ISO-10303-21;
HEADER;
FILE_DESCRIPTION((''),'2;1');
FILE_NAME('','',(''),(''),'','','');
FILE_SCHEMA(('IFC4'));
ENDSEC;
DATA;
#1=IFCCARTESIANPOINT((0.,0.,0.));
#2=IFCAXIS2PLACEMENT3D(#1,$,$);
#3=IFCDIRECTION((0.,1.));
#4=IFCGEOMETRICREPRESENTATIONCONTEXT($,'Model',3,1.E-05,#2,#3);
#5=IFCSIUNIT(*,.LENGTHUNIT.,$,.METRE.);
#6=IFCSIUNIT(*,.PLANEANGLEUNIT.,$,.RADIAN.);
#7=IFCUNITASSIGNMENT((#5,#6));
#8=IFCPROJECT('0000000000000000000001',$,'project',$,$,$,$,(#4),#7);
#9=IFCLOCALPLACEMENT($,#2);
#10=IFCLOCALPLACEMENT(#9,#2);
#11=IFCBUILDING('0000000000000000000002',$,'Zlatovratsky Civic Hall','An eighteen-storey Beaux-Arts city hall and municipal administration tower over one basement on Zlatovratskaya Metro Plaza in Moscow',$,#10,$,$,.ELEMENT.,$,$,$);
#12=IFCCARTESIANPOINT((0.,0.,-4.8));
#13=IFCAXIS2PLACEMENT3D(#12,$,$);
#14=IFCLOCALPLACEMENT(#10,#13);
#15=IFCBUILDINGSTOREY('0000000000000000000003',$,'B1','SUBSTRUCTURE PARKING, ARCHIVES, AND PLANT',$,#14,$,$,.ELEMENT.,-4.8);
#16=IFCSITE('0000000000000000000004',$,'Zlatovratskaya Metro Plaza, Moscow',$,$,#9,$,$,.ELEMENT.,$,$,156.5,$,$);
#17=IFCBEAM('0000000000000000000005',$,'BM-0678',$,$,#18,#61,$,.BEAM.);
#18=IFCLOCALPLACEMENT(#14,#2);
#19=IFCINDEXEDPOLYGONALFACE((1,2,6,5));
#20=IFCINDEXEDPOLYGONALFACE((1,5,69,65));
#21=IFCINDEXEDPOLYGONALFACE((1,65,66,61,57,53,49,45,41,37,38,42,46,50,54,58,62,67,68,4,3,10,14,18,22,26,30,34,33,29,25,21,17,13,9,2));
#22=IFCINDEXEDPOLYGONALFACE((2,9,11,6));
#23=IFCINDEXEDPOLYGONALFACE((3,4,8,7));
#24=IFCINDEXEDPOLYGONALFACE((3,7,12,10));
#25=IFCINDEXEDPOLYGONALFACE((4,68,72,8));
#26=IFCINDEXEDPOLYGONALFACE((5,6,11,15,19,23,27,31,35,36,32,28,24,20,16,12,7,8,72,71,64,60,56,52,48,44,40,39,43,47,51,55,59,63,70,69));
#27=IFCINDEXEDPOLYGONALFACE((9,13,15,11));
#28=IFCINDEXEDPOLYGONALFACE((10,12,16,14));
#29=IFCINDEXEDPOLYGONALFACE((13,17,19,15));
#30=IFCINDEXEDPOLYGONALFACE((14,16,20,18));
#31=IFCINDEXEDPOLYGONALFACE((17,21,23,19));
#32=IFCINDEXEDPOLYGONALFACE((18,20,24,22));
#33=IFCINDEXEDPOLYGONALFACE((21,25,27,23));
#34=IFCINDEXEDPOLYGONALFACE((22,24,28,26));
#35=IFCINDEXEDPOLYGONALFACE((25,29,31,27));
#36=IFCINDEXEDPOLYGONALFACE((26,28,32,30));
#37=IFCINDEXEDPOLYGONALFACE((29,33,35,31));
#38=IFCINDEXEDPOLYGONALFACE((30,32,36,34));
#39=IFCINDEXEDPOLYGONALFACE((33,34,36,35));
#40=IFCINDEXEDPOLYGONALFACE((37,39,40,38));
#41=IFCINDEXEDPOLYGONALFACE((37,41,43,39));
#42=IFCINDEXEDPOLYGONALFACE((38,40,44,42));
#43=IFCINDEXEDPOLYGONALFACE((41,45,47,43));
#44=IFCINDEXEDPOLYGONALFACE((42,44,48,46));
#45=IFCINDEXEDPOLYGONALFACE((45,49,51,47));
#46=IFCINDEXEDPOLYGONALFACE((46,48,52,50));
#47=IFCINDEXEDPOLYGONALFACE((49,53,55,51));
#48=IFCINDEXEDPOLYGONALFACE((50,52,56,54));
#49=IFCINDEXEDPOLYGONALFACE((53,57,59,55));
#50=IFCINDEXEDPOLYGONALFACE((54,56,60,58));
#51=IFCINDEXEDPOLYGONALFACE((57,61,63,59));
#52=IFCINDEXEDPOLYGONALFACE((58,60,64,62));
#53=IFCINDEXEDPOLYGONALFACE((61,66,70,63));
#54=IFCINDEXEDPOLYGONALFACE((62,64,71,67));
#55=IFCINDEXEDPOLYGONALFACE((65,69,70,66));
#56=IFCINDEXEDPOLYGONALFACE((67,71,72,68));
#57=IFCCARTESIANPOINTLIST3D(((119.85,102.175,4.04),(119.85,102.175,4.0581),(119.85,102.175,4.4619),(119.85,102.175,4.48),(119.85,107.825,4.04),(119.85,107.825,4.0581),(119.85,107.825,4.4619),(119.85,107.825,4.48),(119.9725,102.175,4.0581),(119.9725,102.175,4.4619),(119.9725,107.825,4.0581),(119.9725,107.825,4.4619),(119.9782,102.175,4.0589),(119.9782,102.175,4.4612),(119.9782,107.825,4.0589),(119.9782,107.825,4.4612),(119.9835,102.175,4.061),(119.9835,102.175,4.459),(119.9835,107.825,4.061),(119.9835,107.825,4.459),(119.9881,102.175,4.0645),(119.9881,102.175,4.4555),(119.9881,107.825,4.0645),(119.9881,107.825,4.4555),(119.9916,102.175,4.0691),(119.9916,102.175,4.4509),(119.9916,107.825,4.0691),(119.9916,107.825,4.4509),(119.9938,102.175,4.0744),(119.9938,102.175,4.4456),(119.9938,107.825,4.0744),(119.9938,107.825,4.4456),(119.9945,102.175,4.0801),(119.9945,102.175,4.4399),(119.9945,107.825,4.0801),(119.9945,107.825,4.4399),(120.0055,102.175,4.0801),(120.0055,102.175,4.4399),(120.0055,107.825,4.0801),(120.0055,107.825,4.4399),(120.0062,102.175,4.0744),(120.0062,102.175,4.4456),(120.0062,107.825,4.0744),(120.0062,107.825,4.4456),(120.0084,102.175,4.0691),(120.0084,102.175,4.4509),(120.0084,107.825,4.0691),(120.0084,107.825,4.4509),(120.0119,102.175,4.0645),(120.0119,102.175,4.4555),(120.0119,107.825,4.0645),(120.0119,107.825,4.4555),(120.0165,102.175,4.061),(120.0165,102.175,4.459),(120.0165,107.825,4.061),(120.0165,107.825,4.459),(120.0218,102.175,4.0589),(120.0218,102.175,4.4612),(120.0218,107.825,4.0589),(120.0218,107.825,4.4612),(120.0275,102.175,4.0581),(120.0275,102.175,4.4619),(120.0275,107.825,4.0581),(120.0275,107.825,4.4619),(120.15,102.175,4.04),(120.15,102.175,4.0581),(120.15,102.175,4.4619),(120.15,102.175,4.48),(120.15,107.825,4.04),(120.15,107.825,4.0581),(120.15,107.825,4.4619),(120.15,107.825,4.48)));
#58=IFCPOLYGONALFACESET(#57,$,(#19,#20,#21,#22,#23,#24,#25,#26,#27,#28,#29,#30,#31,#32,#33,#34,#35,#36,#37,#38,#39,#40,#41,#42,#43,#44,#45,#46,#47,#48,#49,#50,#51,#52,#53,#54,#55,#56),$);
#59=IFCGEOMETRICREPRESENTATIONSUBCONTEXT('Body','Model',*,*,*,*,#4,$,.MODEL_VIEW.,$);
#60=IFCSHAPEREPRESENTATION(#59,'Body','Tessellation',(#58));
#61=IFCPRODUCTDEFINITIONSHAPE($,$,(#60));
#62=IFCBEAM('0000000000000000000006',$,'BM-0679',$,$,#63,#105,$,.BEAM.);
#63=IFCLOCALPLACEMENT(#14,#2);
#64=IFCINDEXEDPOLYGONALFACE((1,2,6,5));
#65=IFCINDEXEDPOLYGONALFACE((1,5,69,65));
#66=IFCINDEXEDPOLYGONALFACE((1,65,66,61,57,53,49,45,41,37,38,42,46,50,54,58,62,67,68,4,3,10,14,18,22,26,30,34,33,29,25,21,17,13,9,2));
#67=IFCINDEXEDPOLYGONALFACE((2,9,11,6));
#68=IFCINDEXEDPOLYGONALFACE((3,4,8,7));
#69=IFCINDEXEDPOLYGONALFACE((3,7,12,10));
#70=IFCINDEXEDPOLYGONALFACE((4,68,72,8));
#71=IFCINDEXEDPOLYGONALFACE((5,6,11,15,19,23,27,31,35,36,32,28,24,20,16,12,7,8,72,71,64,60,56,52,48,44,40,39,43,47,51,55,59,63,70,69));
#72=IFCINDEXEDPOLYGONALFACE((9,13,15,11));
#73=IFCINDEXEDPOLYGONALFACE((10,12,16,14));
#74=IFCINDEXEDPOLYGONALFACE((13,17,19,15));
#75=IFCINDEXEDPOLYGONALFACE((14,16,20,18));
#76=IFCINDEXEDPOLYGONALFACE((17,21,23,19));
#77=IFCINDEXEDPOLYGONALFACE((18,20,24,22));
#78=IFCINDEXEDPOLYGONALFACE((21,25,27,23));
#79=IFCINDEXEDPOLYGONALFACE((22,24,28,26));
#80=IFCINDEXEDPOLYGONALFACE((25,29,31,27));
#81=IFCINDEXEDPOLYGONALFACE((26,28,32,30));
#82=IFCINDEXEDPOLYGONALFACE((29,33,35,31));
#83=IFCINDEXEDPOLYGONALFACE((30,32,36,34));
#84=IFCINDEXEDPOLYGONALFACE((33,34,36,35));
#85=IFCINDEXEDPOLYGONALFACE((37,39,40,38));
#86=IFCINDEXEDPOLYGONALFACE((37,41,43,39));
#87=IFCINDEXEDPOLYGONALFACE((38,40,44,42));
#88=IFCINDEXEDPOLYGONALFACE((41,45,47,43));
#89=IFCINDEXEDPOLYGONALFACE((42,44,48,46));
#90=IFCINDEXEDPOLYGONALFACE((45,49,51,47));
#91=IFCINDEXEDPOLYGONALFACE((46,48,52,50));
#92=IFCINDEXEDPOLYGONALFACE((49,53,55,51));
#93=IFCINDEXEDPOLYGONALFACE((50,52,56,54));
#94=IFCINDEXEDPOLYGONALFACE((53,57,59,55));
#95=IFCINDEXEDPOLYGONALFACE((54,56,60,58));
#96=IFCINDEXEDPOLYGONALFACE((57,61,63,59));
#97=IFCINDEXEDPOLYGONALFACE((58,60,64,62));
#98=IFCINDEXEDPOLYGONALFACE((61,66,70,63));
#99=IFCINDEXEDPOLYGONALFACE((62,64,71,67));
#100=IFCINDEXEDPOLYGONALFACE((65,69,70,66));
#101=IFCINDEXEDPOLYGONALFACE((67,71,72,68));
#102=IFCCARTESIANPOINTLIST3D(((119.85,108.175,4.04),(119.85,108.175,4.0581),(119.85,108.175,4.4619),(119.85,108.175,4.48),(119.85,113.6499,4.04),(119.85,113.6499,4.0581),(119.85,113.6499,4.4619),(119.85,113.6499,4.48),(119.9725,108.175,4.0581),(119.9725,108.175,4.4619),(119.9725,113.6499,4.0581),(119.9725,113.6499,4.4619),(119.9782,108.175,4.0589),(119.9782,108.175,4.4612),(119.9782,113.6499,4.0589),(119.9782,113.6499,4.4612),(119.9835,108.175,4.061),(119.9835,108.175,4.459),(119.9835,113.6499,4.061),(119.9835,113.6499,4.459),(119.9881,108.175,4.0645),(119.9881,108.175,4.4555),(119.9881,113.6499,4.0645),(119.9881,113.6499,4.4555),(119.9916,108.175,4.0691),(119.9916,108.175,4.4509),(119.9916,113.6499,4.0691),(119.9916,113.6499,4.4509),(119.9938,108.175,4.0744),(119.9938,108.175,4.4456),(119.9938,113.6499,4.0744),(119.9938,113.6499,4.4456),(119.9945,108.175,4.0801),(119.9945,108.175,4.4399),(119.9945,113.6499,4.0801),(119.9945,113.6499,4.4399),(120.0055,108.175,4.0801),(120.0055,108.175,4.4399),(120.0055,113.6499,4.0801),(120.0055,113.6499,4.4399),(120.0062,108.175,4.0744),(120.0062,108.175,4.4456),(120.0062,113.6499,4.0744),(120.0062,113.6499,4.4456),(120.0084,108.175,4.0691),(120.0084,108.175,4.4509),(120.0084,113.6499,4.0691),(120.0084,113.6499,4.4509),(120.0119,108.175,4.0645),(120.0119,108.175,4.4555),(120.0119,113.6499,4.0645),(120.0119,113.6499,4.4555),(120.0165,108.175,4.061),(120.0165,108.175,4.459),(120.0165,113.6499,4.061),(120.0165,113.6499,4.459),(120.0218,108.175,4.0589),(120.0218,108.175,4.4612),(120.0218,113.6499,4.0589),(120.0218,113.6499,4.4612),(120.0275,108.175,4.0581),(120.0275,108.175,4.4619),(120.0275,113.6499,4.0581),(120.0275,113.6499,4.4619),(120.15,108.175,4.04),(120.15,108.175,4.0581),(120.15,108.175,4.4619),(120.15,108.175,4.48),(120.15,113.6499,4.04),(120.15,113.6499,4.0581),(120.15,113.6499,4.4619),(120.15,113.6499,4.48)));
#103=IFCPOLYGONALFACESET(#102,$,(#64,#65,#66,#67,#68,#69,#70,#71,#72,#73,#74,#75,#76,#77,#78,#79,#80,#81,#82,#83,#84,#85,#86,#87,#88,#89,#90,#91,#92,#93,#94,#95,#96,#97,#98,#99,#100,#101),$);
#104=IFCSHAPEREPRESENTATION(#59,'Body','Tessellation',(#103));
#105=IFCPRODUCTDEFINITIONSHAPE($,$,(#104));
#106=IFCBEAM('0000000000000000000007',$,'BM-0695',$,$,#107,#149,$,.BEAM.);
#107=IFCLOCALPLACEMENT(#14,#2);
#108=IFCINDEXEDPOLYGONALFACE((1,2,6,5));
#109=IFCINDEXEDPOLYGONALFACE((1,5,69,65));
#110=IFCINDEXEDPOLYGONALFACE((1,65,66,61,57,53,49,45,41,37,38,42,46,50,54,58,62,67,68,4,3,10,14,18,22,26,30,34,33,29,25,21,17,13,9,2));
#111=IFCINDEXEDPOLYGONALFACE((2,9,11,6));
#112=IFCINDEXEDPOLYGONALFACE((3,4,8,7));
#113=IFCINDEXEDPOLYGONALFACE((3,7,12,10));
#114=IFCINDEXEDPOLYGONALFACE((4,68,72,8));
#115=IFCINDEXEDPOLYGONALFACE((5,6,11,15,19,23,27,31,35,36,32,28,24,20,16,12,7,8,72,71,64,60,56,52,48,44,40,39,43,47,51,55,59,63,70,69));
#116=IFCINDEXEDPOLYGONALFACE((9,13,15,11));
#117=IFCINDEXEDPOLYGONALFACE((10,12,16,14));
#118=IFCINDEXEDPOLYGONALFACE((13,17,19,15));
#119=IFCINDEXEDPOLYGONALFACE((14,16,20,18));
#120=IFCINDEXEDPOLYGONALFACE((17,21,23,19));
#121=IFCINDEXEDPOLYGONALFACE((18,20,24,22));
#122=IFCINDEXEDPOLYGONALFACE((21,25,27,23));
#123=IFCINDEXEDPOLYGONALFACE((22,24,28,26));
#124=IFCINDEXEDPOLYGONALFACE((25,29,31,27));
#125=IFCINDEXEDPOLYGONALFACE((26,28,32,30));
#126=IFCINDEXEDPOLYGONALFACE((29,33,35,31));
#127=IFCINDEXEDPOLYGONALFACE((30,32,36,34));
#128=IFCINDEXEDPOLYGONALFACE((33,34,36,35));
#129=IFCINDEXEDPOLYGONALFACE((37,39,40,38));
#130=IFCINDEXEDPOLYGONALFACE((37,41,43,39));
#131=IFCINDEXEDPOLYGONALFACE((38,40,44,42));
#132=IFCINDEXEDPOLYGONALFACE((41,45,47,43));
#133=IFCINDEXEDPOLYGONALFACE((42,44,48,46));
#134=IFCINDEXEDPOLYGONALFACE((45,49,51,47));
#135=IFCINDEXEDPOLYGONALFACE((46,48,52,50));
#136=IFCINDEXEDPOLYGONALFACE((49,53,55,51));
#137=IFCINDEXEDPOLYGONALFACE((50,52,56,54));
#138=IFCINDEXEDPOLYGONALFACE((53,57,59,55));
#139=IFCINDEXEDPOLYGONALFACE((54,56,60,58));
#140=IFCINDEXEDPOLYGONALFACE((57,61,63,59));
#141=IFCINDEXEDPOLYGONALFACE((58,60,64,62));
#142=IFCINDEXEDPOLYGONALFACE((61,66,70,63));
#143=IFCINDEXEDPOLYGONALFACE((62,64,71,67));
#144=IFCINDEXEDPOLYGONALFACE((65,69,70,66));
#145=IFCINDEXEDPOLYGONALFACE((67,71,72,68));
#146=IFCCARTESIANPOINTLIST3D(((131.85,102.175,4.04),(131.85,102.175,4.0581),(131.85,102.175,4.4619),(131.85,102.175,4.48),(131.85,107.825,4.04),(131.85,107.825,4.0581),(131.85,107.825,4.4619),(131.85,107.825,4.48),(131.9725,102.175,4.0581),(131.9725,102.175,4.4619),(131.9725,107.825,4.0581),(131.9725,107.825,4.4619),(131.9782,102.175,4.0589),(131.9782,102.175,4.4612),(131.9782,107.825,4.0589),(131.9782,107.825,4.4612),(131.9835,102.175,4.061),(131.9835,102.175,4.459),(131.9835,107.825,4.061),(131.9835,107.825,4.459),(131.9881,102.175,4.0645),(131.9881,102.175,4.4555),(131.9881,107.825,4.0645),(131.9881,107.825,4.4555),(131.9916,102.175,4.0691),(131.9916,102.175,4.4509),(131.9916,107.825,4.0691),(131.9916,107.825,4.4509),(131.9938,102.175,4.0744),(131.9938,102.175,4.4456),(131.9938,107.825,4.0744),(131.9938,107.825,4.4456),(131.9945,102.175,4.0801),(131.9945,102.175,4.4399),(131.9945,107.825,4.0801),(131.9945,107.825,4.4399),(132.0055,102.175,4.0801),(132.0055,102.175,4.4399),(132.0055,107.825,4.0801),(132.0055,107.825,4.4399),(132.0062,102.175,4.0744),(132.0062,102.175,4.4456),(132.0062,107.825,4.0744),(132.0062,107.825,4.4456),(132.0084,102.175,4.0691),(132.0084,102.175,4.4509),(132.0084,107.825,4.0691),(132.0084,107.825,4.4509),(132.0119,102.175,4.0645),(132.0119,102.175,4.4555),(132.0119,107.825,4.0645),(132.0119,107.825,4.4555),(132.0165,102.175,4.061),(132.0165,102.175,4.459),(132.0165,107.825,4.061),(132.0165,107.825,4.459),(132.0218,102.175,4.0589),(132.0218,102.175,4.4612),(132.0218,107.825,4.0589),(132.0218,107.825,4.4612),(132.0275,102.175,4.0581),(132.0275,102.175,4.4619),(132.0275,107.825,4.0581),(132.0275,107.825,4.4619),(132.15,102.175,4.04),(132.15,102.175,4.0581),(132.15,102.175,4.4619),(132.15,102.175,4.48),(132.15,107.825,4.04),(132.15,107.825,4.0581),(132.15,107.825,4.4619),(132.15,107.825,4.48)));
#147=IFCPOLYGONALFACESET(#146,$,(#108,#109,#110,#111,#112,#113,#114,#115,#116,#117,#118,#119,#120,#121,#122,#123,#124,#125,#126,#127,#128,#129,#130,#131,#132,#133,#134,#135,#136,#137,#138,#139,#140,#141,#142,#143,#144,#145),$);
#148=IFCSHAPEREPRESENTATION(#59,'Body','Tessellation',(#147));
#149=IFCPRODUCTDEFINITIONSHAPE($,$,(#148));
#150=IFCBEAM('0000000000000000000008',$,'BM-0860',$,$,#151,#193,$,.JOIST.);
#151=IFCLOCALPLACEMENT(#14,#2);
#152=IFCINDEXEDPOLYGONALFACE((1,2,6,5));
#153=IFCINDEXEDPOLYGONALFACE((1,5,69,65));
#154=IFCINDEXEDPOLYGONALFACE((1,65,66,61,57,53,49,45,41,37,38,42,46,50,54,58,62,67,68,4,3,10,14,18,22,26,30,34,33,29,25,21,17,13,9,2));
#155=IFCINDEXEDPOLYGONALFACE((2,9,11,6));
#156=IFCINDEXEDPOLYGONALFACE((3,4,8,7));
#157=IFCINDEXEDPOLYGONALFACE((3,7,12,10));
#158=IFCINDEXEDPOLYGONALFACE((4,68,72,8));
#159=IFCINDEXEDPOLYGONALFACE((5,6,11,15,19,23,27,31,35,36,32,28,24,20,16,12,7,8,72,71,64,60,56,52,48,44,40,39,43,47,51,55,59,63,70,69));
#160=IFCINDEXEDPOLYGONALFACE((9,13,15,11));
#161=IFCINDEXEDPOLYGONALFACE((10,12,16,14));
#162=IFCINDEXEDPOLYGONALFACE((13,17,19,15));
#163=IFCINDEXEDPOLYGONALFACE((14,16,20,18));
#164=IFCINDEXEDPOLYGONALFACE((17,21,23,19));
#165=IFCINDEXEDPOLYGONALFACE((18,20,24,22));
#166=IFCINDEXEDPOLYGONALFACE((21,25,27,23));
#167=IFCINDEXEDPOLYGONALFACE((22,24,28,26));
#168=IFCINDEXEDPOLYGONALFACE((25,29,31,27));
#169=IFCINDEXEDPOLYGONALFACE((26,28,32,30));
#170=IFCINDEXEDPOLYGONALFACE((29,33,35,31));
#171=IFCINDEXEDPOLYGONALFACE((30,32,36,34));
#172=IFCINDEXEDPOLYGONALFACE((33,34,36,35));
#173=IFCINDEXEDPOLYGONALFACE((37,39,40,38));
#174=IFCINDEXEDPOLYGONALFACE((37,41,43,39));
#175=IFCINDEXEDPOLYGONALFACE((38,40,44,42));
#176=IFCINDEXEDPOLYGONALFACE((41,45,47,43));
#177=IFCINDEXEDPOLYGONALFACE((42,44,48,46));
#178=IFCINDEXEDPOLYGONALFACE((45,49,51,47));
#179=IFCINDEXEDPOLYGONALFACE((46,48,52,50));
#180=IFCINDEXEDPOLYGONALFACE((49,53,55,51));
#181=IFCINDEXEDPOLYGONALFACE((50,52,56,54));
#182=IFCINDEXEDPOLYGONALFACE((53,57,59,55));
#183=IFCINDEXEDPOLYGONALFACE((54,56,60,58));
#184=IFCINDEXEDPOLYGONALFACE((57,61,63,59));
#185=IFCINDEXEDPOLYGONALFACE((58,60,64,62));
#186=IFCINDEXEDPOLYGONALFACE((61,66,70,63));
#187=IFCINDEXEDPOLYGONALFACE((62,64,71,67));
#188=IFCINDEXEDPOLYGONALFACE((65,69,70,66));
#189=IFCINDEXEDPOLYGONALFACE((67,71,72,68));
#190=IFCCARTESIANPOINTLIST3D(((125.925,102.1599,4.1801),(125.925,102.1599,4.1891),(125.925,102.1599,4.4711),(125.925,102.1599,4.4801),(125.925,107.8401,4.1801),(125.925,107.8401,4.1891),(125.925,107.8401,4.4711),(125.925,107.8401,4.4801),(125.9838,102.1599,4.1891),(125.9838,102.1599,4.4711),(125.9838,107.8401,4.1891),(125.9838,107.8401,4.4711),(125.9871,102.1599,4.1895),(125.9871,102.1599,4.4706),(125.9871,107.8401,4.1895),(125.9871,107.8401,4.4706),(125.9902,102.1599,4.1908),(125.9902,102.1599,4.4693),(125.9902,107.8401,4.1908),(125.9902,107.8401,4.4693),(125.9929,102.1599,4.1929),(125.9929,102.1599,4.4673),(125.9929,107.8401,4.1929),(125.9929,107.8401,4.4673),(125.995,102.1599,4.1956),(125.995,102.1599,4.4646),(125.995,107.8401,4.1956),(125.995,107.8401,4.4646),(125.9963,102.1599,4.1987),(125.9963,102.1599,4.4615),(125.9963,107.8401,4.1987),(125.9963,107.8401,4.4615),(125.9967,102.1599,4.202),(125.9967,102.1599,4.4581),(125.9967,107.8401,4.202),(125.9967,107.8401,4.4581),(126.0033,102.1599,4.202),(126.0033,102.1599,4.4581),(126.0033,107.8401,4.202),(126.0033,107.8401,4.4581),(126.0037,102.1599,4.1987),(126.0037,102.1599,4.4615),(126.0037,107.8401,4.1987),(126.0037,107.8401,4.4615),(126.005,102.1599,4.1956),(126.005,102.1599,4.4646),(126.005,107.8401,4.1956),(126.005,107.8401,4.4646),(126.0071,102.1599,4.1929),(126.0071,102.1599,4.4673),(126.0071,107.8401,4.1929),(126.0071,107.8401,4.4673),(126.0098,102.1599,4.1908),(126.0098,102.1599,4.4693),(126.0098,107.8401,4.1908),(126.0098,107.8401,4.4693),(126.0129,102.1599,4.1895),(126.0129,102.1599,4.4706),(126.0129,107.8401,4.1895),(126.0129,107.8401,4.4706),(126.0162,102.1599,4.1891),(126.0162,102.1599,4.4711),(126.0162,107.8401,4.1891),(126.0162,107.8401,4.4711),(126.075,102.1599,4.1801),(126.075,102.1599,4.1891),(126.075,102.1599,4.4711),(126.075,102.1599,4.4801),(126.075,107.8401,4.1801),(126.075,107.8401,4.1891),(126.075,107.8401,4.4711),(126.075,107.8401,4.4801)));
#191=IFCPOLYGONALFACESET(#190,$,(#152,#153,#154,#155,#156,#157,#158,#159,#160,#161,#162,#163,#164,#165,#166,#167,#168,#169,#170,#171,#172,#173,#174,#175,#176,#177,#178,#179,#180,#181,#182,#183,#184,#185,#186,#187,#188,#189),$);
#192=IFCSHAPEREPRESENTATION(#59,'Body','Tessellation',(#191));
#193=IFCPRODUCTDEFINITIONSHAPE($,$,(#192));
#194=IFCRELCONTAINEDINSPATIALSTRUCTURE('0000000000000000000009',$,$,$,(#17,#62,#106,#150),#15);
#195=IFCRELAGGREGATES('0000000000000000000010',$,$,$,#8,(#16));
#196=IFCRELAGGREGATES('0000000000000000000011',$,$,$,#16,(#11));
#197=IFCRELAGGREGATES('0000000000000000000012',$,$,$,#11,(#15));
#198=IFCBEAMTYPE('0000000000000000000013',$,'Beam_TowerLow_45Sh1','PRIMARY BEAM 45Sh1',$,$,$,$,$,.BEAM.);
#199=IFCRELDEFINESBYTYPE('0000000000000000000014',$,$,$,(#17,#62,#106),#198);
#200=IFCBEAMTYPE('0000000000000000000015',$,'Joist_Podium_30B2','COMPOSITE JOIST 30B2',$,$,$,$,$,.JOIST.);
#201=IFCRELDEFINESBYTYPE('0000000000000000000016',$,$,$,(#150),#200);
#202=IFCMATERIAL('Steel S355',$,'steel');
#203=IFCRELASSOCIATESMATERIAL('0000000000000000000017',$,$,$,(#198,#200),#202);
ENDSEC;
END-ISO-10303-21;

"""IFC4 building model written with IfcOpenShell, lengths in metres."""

from ifc_helpers import new_model, si_unit, direction, frame, origin, origin_2d, place, context, subcontext, project, spatial, i_section, extrude, material, material_profile, profile_set, type_object, element, save


model = new_model("IFC4")

# Units and contexts
model_context = context("Model", 3, precision=1e-05, world=origin(), true_north=direction((0.0, 1.0)))
body_context = subcontext(model_context, "Body", "Model", "MODEL_VIEW")
ifc_project = project(units=[si_unit("LENGTHUNIT", "METRE"), si_unit("PLANEANGLEUNIT", "RADIAN")], contexts=[model_context])

# Site, building, storey
site_placement = place(None, origin())
site = spatial("IfcSite", under=ifc_project, at=site_placement, Name="Zlatovratskaya Metro Plaza, Moscow", CompositionType="ELEMENT", RefElevation=156.5)
building_placement = place(site_placement, origin())
building = spatial("IfcBuilding", under=site, at=building_placement, Name="Zlatovratsky Civic Hall", Description="An eighteen-storey Beaux-Arts city hall and municipal administration tower over one basement on Zlatovratskaya Metro Plaza in Moscow", CompositionType="ELEMENT")
storey_placement = place(building_placement, frame((0.0, 0.0, -4.8)))
storey = spatial("IfcBuildingStorey", under=building, at=storey_placement, Name="B1", Description="SUBSTRUCTURE PARKING, ARCHIVES, AND PLANT", CompositionType="ELEMENT", Elevation=-4.8)

# Shared definitions
ifc_material_1 = material(Name="Steel S355", Category="steel")

# Beams
ifc_material_profile_1 = material_profile(ifc_material_1, i_section(OverallWidth=0.3, OverallDepth=0.4399, WebThickness=0.011, FlangeThickness=0.0181, FilletRadius=0.022, at=origin_2d()), Name="45Sh1")
ifc_profile_set_1 = profile_set([ifc_material_profile_1], Name="Steel S355")
beam_type_1 = type_object("IfcBeamType", Name="Beam_TowerLow_45Sh1", Description="PRIMARY BEAM 45Sh1", PredefinedType="BEAM", material=ifc_profile_set_1)
beam_1_placement = place(storey_placement, frame((120.0, 102.175, 4.26), z_axis=(0.0, 1.0, 0.0), x_axis=(-1.0, 0.0, 0.0)))
element("IfcBeam", 1, at=beam_1_placement, inside=storey, type_object=beam_type_1, Name="BM-0678", PredefinedType="BEAM", context=body_context, shape_type="SweptSolid", body=[
    extrude(i_section(OverallWidth=0.3, OverallDepth=0.4399, WebThickness=0.011, FlangeThickness=0.0181, FilletRadius=0.022, at=origin_2d()), origin(), (0.0, 0.0, 1.0), 5.6499),
])
beam_2_placement = place(storey_placement, frame((120.0, 108.175, 4.26), z_axis=(0.0, 1.0, 0.0), x_axis=(-1.0, 0.0, 0.0)))
element("IfcBeam", 2, at=beam_2_placement, inside=storey, type_object=beam_type_1, Name="BM-0679", PredefinedType="BEAM", context=body_context, shape_type="SweptSolid", body=[
    extrude(i_section(OverallWidth=0.3, OverallDepth=0.4399, WebThickness=0.011, FlangeThickness=0.0181, FilletRadius=0.022, at=origin_2d()), origin(), (0.0, 0.0, 1.0), 5.4749),
])
beam_3_placement = place(storey_placement, frame((132.0, 102.175, 4.26), z_axis=(0.0, 1.0, 0.0), x_axis=(-1.0, 0.0, 0.0)))
element("IfcBeam", 3, at=beam_3_placement, inside=storey, type_object=beam_type_1, Name="BM-0695", PredefinedType="BEAM", context=body_context, shape_type="SweptSolid", body=[
    extrude(i_section(OverallWidth=0.3, OverallDepth=0.4399, WebThickness=0.011, FlangeThickness=0.0181, FilletRadius=0.022, at=origin_2d()), origin(), (0.0, 0.0, 1.0), 5.6499),
])
ifc_material_profile_2 = material_profile(ifc_material_1, i_section(OverallWidth=0.1499, OverallDepth=0.3, WebThickness=0.0066, FlangeThickness=0.009, FilletRadius=0.0129, at=origin_2d()), Name="30B2")
ifc_profile_set_2 = profile_set([ifc_material_profile_2], Name="Steel S355")
beam_type_2 = type_object("IfcBeamType", Name="Joist_Podium_30B2", Description="COMPOSITE JOIST 30B2", PredefinedType="JOIST", material=ifc_profile_set_2)
beam_4_placement = place(storey_placement, frame((126.0, 102.1599, 4.3301), z_axis=(0.0, 1.0, 0.0), x_axis=(-1.0, 0.0, 0.0)))
element("IfcBeam", 4, at=beam_4_placement, inside=storey, type_object=beam_type_2, Name="BM-0860", PredefinedType="JOIST", context=body_context, shape_type="SweptSolid", body=[
    extrude(i_section(OverallWidth=0.1499, OverallDepth=0.3, WebThickness=0.0066, FlangeThickness=0.009, FilletRadius=0.0129, at=origin_2d()), origin(), (0.0, 0.0, 1.0), 5.6802),
])

save(model, "model.ifc")
